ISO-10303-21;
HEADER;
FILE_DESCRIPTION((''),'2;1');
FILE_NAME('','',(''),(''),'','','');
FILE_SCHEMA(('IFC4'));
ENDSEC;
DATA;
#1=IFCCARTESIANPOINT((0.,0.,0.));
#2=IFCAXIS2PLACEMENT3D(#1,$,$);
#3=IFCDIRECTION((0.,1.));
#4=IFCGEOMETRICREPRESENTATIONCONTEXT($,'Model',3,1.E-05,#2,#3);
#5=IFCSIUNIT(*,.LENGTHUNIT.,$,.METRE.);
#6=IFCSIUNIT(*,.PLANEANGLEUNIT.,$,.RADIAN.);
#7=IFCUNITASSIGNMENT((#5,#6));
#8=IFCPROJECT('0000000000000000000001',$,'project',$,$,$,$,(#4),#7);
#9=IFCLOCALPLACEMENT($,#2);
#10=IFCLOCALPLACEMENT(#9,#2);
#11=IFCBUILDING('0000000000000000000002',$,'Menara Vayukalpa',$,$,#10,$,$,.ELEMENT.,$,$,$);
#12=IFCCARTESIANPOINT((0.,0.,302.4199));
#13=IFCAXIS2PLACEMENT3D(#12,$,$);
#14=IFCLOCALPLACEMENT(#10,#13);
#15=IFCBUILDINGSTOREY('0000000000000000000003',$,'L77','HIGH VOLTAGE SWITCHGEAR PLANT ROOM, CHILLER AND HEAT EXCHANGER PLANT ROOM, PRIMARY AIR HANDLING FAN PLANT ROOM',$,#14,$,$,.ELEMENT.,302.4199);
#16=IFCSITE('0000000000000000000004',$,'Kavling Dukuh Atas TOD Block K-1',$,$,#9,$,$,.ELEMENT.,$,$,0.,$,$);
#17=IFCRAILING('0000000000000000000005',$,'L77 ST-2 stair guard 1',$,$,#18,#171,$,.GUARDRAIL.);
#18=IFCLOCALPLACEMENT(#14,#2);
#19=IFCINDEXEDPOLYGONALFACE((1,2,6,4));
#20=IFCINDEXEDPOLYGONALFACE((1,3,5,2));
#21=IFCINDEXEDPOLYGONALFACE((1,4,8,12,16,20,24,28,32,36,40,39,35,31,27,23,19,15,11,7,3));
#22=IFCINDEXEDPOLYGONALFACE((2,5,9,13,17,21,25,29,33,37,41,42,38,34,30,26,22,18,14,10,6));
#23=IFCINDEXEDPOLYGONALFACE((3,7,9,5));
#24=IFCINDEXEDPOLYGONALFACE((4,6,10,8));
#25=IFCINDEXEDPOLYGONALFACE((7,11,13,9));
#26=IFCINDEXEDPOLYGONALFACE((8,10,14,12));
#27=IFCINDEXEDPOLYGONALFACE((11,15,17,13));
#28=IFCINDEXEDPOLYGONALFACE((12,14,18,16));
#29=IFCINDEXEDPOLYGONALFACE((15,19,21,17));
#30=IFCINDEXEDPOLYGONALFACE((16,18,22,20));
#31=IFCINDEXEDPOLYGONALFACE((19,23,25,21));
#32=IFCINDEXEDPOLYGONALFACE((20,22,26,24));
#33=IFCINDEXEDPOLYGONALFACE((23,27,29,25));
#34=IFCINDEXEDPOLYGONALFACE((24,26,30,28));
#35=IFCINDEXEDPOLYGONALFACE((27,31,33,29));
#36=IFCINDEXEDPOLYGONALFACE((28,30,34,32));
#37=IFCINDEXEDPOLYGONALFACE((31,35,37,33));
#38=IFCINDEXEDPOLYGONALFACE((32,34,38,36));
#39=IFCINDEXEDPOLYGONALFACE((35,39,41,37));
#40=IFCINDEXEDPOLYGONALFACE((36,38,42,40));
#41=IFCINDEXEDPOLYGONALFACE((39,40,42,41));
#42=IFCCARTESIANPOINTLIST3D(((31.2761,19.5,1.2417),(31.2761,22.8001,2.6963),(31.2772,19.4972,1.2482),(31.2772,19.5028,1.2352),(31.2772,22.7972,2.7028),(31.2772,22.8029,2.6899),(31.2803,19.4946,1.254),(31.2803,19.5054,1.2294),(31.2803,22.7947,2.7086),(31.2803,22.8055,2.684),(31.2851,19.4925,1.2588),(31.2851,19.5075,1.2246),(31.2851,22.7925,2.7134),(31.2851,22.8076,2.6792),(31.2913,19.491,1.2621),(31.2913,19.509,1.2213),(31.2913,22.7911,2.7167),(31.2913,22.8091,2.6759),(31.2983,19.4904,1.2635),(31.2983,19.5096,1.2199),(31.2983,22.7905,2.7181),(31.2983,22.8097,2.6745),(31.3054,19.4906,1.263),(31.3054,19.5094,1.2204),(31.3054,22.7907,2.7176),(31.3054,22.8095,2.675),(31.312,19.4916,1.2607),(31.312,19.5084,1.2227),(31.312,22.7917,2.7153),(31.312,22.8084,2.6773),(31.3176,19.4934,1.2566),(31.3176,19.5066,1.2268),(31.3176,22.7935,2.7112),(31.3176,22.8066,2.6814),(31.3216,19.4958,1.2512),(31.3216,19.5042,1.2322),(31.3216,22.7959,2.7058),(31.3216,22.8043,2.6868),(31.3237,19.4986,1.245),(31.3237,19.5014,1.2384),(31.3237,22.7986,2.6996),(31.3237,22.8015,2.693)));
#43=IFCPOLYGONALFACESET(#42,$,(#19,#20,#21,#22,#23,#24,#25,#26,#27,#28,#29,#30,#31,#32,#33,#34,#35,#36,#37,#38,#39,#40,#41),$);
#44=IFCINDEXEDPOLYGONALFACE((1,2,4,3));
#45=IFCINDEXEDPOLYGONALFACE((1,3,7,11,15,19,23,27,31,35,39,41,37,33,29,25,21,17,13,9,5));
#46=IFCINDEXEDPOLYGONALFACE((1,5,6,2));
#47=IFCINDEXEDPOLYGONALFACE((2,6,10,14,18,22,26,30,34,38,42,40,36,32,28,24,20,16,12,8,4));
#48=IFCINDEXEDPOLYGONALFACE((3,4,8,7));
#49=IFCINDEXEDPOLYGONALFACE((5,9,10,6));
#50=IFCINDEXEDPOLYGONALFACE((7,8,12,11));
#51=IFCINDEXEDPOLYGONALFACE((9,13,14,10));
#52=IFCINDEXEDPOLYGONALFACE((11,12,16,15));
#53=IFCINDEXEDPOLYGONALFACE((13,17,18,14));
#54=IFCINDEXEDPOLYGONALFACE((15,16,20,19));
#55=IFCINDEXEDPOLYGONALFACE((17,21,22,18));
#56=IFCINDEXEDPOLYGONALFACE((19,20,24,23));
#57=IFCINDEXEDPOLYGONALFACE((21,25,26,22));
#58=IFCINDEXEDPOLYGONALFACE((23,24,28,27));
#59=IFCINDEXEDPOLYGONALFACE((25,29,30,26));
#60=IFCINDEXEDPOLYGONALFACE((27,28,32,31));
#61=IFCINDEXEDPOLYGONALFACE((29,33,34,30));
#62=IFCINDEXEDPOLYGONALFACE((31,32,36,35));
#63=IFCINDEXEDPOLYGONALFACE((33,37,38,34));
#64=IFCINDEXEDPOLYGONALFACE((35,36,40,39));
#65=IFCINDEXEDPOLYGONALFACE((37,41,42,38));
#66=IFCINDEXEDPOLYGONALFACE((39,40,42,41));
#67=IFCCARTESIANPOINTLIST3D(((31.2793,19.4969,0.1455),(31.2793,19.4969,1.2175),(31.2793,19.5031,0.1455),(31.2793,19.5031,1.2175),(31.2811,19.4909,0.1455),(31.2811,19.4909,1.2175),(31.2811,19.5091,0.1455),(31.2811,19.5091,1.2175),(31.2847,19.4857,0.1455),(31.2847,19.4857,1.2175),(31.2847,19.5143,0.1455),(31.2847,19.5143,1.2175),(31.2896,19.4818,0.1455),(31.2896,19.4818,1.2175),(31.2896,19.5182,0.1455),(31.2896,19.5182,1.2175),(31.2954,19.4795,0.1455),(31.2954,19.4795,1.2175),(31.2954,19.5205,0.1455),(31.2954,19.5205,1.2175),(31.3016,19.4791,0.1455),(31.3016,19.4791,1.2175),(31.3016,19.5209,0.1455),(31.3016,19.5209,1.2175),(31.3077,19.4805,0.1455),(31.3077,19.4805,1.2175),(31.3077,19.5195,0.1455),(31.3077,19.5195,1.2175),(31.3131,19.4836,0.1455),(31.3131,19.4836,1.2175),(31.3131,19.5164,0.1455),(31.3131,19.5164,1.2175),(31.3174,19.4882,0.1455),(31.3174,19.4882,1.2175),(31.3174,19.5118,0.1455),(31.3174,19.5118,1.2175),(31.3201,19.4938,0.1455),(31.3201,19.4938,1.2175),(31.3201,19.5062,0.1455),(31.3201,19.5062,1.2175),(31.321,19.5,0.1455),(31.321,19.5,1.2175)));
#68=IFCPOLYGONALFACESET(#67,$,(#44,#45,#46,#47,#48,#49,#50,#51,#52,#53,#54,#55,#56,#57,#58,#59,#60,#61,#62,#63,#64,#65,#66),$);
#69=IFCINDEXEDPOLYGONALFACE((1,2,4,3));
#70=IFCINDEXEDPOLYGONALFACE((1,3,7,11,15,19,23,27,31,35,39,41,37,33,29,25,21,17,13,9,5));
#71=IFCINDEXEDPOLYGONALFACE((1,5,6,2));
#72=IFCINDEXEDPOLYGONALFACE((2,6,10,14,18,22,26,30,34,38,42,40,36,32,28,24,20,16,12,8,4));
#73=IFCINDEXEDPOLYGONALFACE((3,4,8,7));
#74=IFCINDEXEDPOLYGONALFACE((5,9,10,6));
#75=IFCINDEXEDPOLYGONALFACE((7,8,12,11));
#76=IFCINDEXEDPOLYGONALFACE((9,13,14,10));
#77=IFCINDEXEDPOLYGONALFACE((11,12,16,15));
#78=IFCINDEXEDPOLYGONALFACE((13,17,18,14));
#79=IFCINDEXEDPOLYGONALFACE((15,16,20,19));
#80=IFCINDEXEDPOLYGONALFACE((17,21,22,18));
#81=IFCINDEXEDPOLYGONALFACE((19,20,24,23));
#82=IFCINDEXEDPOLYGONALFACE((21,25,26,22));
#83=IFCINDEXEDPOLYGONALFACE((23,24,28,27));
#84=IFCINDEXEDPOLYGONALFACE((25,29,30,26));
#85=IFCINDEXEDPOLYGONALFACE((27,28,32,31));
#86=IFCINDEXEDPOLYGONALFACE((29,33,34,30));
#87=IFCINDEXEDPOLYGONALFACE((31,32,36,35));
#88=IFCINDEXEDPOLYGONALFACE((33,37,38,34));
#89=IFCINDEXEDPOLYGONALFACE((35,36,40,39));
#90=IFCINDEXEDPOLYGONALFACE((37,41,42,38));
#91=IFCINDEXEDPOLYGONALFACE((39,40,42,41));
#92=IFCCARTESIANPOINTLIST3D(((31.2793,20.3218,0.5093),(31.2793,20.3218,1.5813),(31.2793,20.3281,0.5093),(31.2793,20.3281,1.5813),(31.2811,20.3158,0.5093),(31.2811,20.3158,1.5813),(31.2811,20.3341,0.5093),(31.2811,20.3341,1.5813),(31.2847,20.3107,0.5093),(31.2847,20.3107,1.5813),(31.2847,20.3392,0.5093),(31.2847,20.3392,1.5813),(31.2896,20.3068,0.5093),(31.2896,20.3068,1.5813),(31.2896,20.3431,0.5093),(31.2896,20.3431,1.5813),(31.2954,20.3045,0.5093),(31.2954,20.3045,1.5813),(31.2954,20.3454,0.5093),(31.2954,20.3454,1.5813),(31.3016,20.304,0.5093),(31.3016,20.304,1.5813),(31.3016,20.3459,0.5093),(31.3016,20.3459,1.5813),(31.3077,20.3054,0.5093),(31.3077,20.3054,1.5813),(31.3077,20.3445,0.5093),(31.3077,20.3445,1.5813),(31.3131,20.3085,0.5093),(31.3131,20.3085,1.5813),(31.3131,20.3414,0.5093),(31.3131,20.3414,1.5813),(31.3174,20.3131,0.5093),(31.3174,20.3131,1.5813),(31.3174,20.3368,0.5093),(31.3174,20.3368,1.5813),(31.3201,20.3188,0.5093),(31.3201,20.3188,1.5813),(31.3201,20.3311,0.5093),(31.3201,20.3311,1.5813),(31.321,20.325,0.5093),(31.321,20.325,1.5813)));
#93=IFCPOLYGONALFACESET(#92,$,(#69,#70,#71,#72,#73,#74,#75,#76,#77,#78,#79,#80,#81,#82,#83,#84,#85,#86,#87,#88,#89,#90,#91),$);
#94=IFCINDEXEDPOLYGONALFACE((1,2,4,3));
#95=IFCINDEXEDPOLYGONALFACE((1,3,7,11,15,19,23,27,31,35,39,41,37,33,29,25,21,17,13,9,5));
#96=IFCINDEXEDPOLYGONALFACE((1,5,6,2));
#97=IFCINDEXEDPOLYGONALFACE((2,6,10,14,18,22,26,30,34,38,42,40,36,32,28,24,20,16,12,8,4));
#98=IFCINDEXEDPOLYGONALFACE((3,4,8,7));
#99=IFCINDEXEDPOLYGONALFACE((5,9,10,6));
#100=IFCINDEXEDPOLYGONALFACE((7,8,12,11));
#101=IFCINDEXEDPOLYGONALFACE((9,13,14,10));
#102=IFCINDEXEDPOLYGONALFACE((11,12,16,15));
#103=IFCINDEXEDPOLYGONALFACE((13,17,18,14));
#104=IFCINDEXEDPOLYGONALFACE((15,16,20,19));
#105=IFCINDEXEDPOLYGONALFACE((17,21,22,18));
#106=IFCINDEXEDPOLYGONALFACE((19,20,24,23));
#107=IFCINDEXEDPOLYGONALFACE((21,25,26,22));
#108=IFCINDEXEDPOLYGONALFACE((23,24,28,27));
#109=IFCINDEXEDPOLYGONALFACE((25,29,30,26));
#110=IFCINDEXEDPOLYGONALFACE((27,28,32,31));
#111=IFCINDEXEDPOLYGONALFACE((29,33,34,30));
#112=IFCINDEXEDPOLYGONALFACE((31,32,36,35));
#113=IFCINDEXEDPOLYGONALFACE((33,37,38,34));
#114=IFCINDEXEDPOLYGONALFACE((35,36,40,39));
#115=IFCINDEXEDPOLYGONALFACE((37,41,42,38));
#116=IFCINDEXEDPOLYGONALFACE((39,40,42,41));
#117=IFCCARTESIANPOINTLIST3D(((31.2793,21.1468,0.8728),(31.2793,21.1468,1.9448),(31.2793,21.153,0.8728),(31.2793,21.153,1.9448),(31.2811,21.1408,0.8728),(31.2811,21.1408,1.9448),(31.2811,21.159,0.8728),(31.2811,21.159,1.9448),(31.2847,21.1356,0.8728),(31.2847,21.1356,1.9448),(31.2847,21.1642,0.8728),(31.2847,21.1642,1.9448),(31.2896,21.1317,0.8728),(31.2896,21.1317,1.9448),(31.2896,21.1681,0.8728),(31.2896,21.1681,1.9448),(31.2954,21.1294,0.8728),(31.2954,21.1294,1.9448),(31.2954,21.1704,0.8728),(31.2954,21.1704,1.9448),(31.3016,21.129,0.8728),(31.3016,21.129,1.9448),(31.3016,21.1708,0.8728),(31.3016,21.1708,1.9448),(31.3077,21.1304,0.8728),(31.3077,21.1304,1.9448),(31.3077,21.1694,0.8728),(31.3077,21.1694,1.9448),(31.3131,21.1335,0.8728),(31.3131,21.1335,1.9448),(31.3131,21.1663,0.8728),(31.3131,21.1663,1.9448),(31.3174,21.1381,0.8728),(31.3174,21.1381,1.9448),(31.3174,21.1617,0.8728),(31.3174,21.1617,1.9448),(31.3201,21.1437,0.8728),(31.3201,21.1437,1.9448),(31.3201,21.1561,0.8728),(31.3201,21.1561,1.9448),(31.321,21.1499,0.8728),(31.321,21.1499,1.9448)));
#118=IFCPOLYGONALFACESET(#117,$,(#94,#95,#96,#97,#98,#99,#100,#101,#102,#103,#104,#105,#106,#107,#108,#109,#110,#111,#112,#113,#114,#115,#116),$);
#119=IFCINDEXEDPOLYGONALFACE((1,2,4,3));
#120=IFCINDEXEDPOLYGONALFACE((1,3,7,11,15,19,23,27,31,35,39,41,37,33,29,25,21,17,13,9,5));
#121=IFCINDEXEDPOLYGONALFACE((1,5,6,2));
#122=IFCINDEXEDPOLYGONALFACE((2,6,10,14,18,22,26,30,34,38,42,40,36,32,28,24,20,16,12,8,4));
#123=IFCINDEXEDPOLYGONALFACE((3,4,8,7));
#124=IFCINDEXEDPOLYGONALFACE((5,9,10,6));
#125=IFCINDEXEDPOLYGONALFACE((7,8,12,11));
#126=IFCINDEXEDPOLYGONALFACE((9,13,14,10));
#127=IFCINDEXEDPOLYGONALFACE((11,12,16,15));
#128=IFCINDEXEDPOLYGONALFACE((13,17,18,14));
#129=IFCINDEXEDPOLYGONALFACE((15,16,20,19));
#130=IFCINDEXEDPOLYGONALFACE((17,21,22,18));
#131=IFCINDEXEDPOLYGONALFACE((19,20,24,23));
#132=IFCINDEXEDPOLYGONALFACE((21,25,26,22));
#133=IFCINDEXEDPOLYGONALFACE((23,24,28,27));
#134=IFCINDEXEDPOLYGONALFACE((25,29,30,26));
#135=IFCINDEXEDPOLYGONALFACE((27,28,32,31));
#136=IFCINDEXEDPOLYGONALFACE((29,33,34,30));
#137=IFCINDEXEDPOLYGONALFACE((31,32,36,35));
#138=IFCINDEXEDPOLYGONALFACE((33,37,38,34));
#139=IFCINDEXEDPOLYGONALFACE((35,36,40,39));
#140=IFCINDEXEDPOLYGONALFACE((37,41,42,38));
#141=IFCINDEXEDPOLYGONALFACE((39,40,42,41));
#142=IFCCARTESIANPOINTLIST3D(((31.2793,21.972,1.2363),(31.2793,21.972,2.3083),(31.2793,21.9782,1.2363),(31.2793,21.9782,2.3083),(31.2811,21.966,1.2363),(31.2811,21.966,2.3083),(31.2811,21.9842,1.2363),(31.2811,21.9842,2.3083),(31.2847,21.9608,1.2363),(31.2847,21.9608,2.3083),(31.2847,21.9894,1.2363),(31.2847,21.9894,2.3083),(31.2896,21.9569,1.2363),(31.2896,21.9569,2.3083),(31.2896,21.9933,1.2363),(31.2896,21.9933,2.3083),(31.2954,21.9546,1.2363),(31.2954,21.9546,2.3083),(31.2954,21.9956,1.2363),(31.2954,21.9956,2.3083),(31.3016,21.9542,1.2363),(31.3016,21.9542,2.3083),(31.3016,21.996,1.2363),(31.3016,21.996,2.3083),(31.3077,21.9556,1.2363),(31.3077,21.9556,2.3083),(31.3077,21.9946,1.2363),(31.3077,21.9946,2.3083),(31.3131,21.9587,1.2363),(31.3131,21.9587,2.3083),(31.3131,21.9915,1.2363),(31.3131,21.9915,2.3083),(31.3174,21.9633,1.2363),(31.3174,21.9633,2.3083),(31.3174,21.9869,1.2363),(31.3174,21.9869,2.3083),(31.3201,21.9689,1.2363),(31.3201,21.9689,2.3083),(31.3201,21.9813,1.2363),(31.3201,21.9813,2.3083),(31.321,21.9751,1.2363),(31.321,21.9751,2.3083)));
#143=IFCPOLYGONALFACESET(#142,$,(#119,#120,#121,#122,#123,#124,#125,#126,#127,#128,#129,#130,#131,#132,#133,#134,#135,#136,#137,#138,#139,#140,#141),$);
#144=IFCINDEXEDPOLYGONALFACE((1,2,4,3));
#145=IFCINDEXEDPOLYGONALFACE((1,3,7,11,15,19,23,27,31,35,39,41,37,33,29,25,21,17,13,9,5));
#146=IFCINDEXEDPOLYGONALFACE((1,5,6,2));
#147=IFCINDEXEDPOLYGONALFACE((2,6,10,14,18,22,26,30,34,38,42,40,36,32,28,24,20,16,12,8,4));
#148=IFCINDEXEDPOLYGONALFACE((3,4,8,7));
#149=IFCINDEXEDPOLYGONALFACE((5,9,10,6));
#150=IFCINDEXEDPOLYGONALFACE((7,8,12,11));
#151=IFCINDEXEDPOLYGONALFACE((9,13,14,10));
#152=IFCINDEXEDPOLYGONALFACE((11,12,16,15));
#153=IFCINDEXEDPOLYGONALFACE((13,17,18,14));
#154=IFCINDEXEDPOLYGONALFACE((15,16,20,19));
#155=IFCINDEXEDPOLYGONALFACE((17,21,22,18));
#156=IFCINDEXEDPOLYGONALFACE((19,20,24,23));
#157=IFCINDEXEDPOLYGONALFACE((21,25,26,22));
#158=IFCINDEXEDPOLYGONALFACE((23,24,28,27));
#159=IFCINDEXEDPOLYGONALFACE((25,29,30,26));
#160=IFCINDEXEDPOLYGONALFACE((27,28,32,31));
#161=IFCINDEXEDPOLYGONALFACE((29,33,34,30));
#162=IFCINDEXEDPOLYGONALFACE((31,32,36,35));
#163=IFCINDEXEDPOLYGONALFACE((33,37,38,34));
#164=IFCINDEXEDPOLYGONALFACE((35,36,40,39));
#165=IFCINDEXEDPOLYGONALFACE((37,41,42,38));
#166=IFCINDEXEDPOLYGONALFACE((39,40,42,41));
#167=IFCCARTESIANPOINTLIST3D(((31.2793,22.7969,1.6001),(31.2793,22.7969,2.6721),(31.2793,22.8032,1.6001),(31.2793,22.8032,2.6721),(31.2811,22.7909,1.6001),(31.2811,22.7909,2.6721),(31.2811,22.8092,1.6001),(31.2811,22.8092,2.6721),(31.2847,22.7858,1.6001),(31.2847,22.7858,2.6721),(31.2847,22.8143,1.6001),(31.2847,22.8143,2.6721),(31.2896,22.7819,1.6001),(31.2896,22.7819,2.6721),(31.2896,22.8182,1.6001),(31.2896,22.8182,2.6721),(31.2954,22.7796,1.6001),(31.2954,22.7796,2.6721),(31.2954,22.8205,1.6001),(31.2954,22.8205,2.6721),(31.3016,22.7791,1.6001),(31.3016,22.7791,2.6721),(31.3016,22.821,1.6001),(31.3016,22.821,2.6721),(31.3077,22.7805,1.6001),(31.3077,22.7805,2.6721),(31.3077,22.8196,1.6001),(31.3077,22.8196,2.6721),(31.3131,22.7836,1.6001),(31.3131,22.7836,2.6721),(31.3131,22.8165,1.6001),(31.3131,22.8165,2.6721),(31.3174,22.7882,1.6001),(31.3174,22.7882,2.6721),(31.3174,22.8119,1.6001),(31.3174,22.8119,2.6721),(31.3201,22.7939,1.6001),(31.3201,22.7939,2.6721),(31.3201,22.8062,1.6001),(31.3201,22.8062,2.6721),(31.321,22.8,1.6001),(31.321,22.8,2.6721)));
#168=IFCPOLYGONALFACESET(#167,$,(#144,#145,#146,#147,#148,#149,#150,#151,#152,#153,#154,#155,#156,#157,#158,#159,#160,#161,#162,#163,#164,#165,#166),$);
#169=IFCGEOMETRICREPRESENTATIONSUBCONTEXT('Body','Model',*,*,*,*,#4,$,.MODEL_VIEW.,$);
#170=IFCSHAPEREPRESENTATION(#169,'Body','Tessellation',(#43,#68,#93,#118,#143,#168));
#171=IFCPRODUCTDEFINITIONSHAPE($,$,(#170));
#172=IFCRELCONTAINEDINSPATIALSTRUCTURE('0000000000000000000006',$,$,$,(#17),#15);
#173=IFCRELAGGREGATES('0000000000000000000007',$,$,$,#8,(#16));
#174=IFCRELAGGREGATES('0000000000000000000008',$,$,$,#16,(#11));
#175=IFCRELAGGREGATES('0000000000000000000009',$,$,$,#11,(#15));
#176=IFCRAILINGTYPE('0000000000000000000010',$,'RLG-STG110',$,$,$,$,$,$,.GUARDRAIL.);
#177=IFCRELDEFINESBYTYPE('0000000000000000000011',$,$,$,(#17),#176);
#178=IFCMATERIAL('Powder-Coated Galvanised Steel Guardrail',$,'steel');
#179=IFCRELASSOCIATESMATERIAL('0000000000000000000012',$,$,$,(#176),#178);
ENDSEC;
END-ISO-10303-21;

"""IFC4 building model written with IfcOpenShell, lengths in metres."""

from ifc_helpers import new_model, si_unit, direction, frame, origin, origin_2d, place, context, subcontext, project, spatial, circle, extrude, material, type_object, element, save


model = new_model("IFC4")

# Units and contexts
model_context = context("Model", 3, precision=1e-05, world=origin(), true_north=direction((0.0, 1.0)))
body_context = subcontext(model_context, "Body", "Model", "MODEL_VIEW")
ifc_project = project(units=[si_unit("LENGTHUNIT", "METRE"), si_unit("PLANEANGLEUNIT", "RADIAN")], contexts=[model_context])

# Site, building, storey
site_placement = place(None, origin())
site = spatial("IfcSite", under=ifc_project, at=site_placement, Name="Kavling Dukuh Atas TOD Block K-1", CompositionType="ELEMENT", RefElevation=0.0)
building_placement = place(site_placement, origin())
building = spatial("IfcBuilding", under=site, at=building_placement, Name="Menara Vayukalpa", CompositionType="ELEMENT")
storey_placement = place(building_placement, frame((0.0, 0.0, 302.4199)))
storey = spatial("IfcBuildingStorey", under=building, at=storey_placement, Name="L77", Description="HIGH VOLTAGE SWITCHGEAR PLANT ROOM, CHILLER AND HEAT EXCHANGER PLANT ROOM, PRIMARY AIR HANDLING FAN PLANT ROOM", CompositionType="ELEMENT", Elevation=302.4199)

# Railing
ifc_material_1 = material(Name="Powder-Coated Galvanised Steel Guardrail", Category="steel")
railing_type_1 = type_object("IfcRailingType", Name="RLG-STG110", PredefinedType="GUARDRAIL", material=ifc_material_1)
railing_1_placement = place(storey_placement, frame((31.3, 19.5, 0.1455)))
element("IfcRailing", 1, at=railing_1_placement, inside=storey, type_object=railing_type_1, Name="L77 ST-2 stair guard 1", PredefinedType="GUARDRAIL", context=body_context, shape_type="SweptSolid", body=[
    extrude(circle(Radius=0.0239, at=origin_2d()), frame((0.0, 0.0, 1.0962), z_axis=(0.0, 0.915052, 0.403335), x_axis=(-1.0, 0.0, 0.0)), (0.0, 0.0, 1.0), 3.6064),
    extrude(circle(Radius=0.021, at=origin_2d()), origin(), (0.0, 0.0, 1.0), 1.072),
    extrude(circle(Radius=0.021, at=origin_2d()), frame((0.0, 0.825, 0.3638)), (0.0, 0.0, 1.0), 1.072),
    extrude(circle(Radius=0.021, at=origin_2d()), frame((0.0, 1.6499, 0.7273)), (0.0, 0.0, 1.0), 1.072),
    extrude(circle(Radius=0.021, at=origin_2d()), frame((0.0, 2.4751, 1.0908)), (0.0, 0.0, 1.0), 1.072),
    extrude(circle(Radius=0.021, at=origin_2d()), frame((0.0, 3.3, 1.4546)), (0.0, 0.0, 1.0), 1.072),
])

save(model, "model.ifc")
